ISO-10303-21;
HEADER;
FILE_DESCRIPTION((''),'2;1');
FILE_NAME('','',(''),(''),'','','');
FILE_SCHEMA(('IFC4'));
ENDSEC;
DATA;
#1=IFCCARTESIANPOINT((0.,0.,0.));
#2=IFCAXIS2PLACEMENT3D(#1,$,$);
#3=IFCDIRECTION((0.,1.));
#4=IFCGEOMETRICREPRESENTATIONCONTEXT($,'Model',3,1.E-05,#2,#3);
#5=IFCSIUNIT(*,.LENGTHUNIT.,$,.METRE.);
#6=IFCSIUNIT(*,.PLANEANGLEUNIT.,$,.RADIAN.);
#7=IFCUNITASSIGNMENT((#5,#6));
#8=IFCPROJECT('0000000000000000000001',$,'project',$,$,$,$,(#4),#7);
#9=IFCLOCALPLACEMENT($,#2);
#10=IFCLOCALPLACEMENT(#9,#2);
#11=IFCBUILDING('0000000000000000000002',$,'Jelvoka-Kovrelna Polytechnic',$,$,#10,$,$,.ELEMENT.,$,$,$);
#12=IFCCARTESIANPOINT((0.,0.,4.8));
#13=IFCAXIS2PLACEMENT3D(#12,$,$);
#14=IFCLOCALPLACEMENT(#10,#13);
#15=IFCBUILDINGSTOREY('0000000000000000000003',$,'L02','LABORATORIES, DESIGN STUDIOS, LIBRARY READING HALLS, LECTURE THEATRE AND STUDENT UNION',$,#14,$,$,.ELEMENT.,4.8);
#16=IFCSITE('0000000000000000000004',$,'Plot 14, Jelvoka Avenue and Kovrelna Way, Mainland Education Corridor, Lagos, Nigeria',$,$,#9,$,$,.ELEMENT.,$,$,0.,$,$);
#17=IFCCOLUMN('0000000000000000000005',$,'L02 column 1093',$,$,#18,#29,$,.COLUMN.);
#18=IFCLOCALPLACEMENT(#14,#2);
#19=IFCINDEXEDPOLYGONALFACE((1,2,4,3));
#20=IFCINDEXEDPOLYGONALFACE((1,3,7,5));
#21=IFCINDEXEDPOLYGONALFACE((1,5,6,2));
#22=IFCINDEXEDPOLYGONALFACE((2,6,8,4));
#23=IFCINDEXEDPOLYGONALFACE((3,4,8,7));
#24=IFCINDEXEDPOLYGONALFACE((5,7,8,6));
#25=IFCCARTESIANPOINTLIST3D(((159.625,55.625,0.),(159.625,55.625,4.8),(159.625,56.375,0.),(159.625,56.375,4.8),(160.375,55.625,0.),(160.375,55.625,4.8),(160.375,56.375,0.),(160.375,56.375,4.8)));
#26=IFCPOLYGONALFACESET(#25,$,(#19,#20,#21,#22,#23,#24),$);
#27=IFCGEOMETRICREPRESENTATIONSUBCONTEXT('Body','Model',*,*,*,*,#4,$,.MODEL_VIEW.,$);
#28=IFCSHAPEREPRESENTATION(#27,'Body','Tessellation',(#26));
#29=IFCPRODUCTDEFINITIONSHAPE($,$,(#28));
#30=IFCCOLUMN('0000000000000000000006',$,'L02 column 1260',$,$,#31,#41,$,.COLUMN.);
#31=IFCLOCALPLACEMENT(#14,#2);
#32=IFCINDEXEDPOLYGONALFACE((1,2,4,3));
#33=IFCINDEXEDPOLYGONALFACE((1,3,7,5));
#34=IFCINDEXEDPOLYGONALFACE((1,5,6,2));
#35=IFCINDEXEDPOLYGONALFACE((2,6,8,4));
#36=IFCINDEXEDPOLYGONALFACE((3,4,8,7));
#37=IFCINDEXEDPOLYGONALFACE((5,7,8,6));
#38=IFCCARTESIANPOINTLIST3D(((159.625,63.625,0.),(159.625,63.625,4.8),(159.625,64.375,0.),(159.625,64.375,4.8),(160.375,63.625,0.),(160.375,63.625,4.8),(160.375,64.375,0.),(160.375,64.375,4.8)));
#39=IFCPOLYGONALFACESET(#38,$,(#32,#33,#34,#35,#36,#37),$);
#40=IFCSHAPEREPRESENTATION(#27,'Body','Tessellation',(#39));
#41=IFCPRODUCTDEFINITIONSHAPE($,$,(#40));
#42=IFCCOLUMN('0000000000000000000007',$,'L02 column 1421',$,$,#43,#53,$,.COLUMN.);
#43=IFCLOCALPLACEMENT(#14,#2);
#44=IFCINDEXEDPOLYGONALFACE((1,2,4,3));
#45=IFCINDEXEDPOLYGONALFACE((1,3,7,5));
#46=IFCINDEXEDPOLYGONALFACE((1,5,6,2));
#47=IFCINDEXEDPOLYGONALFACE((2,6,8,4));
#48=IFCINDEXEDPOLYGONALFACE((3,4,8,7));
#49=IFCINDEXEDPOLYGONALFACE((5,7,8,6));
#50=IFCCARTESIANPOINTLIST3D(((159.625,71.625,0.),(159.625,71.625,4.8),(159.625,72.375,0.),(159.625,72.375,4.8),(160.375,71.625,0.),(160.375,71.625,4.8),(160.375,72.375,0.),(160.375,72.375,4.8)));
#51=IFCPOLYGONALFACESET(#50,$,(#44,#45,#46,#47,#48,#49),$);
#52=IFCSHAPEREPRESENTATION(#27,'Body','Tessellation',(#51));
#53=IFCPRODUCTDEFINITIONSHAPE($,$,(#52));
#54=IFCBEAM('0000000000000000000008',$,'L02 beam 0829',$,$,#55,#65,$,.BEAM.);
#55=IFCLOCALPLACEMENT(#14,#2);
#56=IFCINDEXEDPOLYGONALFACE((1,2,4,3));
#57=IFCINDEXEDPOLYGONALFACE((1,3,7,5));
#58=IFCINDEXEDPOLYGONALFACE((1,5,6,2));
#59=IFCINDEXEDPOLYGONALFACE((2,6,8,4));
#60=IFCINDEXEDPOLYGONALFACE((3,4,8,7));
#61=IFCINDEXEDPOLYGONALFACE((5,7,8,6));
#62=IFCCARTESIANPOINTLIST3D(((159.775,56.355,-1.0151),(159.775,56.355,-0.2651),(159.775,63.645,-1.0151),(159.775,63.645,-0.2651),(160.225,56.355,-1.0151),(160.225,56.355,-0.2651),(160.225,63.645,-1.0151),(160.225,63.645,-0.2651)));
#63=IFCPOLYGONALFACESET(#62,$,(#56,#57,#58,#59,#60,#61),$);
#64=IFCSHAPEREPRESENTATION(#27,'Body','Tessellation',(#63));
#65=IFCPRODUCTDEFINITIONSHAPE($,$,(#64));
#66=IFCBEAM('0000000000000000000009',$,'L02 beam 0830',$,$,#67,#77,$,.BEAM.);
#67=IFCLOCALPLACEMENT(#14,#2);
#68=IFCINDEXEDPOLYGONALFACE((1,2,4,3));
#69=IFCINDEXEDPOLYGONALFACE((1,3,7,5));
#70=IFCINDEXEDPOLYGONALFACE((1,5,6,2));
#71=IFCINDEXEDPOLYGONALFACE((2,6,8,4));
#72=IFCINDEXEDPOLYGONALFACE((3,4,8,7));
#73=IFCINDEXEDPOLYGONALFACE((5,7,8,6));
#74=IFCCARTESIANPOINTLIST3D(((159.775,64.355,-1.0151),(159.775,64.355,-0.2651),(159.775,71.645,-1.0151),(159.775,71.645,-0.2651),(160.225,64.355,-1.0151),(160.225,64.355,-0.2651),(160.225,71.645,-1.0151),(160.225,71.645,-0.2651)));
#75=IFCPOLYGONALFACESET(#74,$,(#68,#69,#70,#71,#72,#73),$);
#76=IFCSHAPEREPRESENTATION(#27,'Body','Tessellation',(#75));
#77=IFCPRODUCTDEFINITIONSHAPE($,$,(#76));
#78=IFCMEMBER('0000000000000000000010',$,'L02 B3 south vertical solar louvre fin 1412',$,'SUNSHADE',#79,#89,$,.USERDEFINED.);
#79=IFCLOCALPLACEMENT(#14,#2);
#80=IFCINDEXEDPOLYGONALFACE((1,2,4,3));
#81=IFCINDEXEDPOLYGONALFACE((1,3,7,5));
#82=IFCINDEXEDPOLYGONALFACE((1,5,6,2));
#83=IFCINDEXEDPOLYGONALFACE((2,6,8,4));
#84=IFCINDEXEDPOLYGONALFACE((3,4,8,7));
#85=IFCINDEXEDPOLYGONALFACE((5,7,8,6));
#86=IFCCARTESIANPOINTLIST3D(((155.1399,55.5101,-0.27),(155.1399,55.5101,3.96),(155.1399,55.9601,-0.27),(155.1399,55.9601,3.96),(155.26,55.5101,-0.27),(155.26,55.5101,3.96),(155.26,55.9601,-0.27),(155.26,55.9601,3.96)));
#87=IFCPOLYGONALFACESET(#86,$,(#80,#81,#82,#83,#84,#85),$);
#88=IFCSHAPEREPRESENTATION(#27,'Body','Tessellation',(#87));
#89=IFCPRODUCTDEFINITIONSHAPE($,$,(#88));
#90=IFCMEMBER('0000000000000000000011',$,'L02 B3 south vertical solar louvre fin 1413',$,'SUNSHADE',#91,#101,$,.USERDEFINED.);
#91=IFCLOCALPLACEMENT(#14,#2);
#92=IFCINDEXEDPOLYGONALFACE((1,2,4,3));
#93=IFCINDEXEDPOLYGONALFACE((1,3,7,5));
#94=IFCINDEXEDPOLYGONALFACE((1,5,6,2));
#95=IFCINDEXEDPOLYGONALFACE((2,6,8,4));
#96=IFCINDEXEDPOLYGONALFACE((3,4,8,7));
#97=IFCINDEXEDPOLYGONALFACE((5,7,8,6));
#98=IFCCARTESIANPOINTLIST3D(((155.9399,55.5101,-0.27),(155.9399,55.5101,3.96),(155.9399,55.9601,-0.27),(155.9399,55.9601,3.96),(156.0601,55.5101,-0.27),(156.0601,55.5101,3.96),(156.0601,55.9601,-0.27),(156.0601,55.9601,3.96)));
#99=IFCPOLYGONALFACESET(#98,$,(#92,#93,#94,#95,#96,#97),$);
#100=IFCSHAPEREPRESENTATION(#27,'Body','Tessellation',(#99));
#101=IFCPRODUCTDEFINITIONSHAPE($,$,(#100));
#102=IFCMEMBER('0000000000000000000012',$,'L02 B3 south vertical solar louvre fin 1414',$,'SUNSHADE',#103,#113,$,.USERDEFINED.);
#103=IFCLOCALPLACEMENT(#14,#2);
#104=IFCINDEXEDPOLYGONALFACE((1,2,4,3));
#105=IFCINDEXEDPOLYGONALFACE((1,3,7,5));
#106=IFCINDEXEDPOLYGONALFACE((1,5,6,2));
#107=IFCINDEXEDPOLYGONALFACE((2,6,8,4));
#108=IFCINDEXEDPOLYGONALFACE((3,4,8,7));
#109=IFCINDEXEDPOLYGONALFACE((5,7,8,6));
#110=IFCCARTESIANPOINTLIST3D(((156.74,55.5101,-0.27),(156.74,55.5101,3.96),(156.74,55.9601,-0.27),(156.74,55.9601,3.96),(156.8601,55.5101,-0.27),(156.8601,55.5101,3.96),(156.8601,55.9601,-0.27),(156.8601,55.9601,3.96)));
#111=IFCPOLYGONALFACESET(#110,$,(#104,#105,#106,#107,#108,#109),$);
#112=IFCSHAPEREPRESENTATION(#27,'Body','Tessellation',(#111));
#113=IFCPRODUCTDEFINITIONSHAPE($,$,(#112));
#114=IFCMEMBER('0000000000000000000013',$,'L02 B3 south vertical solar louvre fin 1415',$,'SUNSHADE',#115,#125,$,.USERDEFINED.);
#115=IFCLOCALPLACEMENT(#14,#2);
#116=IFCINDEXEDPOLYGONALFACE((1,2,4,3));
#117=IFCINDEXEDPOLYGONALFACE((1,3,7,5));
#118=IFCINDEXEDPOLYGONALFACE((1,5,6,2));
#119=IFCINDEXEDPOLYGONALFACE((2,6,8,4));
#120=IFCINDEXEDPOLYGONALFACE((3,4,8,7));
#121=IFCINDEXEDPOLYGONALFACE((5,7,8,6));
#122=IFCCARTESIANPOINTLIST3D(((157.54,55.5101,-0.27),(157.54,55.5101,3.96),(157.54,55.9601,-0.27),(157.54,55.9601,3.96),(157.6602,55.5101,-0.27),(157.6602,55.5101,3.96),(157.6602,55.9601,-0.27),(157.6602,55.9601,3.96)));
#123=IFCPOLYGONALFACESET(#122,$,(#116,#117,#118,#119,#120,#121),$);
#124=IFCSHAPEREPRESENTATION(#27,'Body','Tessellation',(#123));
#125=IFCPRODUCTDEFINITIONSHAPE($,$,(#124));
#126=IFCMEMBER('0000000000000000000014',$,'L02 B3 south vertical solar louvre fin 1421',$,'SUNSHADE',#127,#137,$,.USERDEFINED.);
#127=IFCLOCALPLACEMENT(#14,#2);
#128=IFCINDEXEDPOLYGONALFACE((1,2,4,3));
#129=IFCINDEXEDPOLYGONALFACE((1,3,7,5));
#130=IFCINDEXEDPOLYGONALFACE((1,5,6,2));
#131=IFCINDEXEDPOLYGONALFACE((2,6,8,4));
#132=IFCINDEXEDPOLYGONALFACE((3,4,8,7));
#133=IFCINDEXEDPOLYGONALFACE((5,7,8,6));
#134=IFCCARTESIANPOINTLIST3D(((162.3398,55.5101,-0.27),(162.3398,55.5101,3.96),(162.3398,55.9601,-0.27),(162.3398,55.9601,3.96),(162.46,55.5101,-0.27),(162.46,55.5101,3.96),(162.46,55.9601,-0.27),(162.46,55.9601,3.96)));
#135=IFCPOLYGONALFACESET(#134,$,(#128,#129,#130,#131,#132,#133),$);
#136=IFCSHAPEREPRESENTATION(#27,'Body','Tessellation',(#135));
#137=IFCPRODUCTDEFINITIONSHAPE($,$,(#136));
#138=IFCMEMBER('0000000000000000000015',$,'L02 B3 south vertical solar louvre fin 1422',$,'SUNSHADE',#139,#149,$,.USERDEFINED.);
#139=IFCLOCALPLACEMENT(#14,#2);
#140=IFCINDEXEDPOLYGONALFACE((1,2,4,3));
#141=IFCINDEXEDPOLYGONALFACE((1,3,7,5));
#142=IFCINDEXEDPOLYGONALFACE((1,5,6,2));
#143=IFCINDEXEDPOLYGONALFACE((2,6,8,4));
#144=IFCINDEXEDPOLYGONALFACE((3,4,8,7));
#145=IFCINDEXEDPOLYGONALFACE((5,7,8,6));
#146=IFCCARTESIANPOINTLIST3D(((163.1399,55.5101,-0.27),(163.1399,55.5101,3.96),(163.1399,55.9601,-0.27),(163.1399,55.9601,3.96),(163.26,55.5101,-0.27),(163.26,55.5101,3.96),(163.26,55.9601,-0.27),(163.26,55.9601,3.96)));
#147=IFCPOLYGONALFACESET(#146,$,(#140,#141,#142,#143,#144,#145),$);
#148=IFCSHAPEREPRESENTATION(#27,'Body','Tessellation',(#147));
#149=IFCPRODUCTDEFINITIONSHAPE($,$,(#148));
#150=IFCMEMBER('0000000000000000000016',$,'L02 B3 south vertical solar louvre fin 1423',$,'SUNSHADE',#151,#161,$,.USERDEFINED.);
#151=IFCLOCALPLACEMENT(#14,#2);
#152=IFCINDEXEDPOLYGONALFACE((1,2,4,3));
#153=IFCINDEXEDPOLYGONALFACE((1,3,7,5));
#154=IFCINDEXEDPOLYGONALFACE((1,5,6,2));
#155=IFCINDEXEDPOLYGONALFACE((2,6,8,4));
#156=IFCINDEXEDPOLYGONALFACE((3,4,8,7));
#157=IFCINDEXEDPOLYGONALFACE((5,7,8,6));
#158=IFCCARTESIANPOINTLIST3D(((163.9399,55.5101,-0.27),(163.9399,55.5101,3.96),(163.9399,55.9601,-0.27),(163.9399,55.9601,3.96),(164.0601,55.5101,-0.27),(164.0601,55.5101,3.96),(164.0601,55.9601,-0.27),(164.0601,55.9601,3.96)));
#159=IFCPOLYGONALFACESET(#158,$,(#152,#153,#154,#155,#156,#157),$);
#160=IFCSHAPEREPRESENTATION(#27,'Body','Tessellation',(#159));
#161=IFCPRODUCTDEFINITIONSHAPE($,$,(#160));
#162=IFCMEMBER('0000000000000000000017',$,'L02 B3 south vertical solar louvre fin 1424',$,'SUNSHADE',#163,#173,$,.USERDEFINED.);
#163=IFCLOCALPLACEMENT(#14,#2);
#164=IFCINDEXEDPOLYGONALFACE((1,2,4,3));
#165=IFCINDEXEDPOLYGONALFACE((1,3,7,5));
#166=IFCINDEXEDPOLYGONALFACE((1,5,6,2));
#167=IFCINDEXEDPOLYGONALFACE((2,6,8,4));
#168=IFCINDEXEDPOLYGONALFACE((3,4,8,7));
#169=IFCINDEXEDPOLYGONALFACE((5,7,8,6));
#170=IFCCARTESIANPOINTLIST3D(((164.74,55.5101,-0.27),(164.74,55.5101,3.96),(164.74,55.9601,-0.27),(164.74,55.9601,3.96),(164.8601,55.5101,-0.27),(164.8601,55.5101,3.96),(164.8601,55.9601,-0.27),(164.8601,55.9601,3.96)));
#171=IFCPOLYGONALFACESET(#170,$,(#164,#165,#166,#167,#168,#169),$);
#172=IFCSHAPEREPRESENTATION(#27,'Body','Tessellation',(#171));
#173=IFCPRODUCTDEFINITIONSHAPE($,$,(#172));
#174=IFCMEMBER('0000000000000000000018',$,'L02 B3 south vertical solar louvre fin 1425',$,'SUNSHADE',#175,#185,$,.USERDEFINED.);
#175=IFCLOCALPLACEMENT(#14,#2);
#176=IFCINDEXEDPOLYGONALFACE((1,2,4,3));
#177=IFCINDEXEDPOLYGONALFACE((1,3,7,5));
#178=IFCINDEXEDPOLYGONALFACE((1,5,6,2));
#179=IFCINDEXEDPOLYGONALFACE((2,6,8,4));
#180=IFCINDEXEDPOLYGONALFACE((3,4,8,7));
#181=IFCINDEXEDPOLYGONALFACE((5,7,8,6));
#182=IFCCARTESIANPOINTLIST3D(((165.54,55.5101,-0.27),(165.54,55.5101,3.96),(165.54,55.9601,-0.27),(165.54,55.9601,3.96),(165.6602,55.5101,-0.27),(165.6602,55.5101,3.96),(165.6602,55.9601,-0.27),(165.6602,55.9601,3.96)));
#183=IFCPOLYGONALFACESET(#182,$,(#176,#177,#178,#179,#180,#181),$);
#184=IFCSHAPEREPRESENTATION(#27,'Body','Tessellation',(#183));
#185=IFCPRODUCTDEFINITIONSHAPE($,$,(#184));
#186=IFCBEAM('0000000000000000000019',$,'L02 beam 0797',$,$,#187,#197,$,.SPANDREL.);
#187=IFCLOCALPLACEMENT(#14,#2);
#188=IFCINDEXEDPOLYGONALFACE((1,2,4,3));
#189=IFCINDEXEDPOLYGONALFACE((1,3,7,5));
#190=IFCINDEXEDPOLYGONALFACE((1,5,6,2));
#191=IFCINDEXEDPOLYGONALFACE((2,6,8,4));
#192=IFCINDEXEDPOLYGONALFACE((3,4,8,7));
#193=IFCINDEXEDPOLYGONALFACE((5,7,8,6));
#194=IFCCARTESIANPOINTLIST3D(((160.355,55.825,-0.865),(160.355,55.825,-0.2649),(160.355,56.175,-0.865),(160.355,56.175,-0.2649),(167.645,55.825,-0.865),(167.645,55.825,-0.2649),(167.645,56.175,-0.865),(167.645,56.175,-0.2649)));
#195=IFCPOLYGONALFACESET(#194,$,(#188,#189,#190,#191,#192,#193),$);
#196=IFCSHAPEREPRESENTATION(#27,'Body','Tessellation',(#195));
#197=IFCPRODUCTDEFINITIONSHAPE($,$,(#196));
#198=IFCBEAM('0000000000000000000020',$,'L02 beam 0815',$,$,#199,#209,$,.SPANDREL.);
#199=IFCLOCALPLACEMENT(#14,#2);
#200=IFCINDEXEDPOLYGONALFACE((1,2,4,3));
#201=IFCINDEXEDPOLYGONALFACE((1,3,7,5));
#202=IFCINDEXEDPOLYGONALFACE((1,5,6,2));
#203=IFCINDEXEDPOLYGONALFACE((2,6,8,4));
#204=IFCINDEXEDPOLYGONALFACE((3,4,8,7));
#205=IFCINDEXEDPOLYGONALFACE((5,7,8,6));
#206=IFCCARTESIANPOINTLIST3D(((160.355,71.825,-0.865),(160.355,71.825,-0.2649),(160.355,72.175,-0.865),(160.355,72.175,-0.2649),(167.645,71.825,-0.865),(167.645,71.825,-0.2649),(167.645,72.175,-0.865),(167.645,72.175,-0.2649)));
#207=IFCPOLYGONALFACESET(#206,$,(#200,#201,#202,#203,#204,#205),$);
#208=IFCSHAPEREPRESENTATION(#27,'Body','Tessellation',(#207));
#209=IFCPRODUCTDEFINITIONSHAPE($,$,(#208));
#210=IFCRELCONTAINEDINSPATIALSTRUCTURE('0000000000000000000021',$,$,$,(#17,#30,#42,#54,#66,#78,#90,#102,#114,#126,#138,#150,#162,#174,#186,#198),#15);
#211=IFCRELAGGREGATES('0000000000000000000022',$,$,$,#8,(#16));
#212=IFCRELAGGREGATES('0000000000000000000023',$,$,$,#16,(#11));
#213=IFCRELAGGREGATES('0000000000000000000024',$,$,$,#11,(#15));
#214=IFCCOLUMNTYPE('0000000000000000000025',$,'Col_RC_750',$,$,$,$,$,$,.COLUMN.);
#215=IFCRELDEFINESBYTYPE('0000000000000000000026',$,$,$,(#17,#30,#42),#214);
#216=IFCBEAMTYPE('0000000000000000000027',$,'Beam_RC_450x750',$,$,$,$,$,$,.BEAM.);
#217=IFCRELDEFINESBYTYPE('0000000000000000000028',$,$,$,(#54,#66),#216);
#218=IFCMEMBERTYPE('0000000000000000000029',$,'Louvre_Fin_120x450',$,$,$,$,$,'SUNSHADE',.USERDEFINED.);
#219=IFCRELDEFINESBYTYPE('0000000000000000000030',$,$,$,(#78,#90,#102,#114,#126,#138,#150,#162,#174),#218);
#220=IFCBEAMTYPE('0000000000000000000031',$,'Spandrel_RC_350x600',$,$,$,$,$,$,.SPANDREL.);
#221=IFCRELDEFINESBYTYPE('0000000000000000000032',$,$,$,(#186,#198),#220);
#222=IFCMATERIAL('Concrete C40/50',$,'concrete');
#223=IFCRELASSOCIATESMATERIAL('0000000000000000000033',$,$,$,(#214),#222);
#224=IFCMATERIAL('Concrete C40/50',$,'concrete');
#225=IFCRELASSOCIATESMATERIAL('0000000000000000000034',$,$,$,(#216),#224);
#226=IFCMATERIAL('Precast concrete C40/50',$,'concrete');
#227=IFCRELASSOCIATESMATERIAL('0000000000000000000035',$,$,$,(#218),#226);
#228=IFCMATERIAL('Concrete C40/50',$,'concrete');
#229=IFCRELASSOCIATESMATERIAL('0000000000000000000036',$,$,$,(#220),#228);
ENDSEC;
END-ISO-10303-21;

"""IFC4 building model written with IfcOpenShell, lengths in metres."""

from ifc_helpers import new_model, si_unit, direction, frame, origin, origin_2d, place, context, subcontext, project, spatial, rectangle, extrude, material, material_profile, profile_set, type_object, element, save


model = new_model("IFC4")

# Units and contexts
model_context = context("Model", 3, precision=1e-05, world=origin(), true_north=direction((0.0, 1.0)))
body_context = subcontext(model_context, "Body", "Model", "MODEL_VIEW")
ifc_project = project(units=[si_unit("LENGTHUNIT", "METRE"), si_unit("PLANEANGLEUNIT", "RADIAN")], contexts=[model_context])

# Site, building, storey
site_placement = place(None, origin())
site = spatial("IfcSite", under=ifc_project, at=site_placement, Name="Plot 14, Jelvoka Avenue and Kovrelna Way, Mainland Education Corridor, Lagos, Nigeria", CompositionType="ELEMENT", RefElevation=0.0)
building_placement = place(site_placement, origin())
building = spatial("IfcBuilding", under=site, at=building_placement, Name="Jelvoka-Kovrelna Polytechnic", CompositionType="ELEMENT")
storey_placement = place(building_placement, frame((0.0, 0.0, 4.8)))
storey = spatial("IfcBuildingStorey", under=building, at=storey_placement, Name="L02", Description="LABORATORIES, DESIGN STUDIOS, LIBRARY READING HALLS, LECTURE THEATRE AND STUDENT UNION", CompositionType="ELEMENT", Elevation=4.8)

# Columns
ifc_material_1 = material(Name="Concrete C40/50", Category="concrete")
ifc_material_profile_1 = material_profile(ifc_material_1, rectangle(XDim=0.75, YDim=0.75, at=origin_2d()), Name="RC 750x750")
ifc_profile_set_1 = profile_set([ifc_material_profile_1], Name="Concrete C40/50")
column_type = type_object("IfcColumnType", Name="Col_RC_750", PredefinedType="COLUMN", material=ifc_profile_set_1)
for number, where, z_axis, x_axis, name in (
    (1, (160.0, 56.0, 0.0), (0.0, 0.0, 1.0), (1.0, 0.0, 0.0), "L02 column 1093"),
    (2, (160.0, 64.0, 0.0), (0.0, 0.0, 1.0), (1.0, 0.0, 0.0), "L02 column 1260"),
    (3, (160.0, 72.0, 0.0), (0.0, 0.0, 1.0), (1.0, 0.0, 0.0), "L02 column 1421"),
):
    element("IfcColumn", number, at=place(storey_placement, frame(where, z_axis=z_axis, x_axis=x_axis)), inside=storey, type_object=column_type, Name=name, PredefinedType="COLUMN", context=body_context, shape_type="SweptSolid", body=[
        extrude(rectangle(XDim=0.75, YDim=0.75, at=origin_2d()), origin(), (0.0, 0.0, 1.0), 4.8),
    ])

# Beams
ifc_material_2 = material(Name="Concrete C40/50", Category="concrete")
ifc_material_profile_2 = material_profile(ifc_material_2, rectangle(XDim=0.45, YDim=0.75, at=origin_2d()), Name="RC 450x750")
ifc_profile_set_2 = profile_set([ifc_material_profile_2], Name="Concrete C40/50")
beam_type_1 = type_object("IfcBeamType", Name="Beam_RC_450x750", PredefinedType="BEAM", material=ifc_profile_set_2)
for number, where, z_axis, x_axis, name in (
    (4, (160.0, 56.355, -0.6401), (0.0, 1.0, 0.0), (-1.0, 0.0, 0.0), "L02 beam 0829"),
    (5, (160.0, 64.355, -0.6401), (0.0, 1.0, 0.0), (-1.0, 0.0, 0.0), "L02 beam 0830"),
):
    element("IfcBeam", number, at=place(storey_placement, frame(where, z_axis=z_axis, x_axis=x_axis)), inside=storey, type_object=beam_type_1, Name=name, PredefinedType="BEAM", context=body_context, shape_type="SweptSolid", body=[
        extrude(rectangle(XDim=0.45, YDim=0.75, at=origin_2d()), origin(), (0.0, 0.0, 1.0), 7.29),
    ])

# Members
ifc_material_3 = material(Name="Precast concrete C40/50", Category="concrete")
ifc_material_profile_3 = material_profile(ifc_material_3, rectangle(XDim=0.1201, YDim=0.45, at=origin_2d()), Name="PC 120x450")
ifc_profile_set_3 = profile_set([ifc_material_profile_3], Name="Precast concrete C40/50")
member_type = type_object("IfcMemberType", Name="Louvre_Fin_120x450", ElementType="SUNSHADE", PredefinedType="USERDEFINED", material=ifc_profile_set_3)
for number, where, z_axis, x_axis, name in (
    (6, (155.2, 55.7351, -0.27), (0.0, 0.0, 1.0), (1.0, 0.0, 0.0), "L02 B3 south vertical solar louvre fin 1412"),
    (7, (156.0, 55.7351, -0.27), (0.0, 0.0, 1.0), (1.0, 0.0, 0.0), "L02 B3 south vertical solar louvre fin 1413"),
    (8, (156.8, 55.7351, -0.27), (0.0, 0.0, 1.0), (1.0, 0.0, 0.0), "L02 B3 south vertical solar louvre fin 1414"),
    (9, (157.6001, 55.7351, -0.27), (0.0, 0.0, 1.0), (1.0, 0.0, 0.0), "L02 B3 south vertical solar louvre fin 1415"),
    (10, (162.3999, 55.7351, -0.27), (0.0, 0.0, 1.0), (1.0, 0.0, 0.0), "L02 B3 south vertical solar louvre fin 1421"),
    (11, (163.2, 55.7351, -0.27), (0.0, 0.0, 1.0), (1.0, 0.0, 0.0), "L02 B3 south vertical solar louvre fin 1422"),
    (12, (164.0, 55.7351, -0.27), (0.0, 0.0, 1.0), (1.0, 0.0, 0.0), "L02 B3 south vertical solar louvre fin 1423"),
    (13, (164.8, 55.7351, -0.27), (0.0, 0.0, 1.0), (1.0, 0.0, 0.0), "L02 B3 south vertical solar louvre fin 1424"),
    (14, (165.6001, 55.7351, -0.27), (0.0, 0.0, 1.0), (1.0, 0.0, 0.0), "L02 B3 south vertical solar louvre fin 1425"),
):
    element("IfcMember", number, at=place(storey_placement, frame(where, z_axis=z_axis, x_axis=x_axis)), inside=storey, type_object=member_type, Name=name, ObjectType="SUNSHADE", PredefinedType="USERDEFINED", context=body_context, shape_type="SweptSolid", body=[
        extrude(rectangle(XDim=0.1201, YDim=0.45, at=origin_2d()), origin(), (0.0, 0.0, 1.0), 4.23),
    ])

# Beams
ifc_material_4 = material(Name="Concrete C40/50", Category="concrete")
ifc_material_profile_4 = material_profile(ifc_material_4, rectangle(XDim=0.3501, YDim=0.6001, at=origin_2d()), Name="RC 350x600")
ifc_profile_set_4 = profile_set([ifc_material_profile_4], Name="Concrete C40/50")
beam_type_2 = type_object("IfcBeamType", Name="Spandrel_RC_350x600", PredefinedType="SPANDREL", material=ifc_profile_set_4)
for number, where, z_axis, x_axis, name in (
    (15, (160.355, 56.0, -0.5649), (1.0, 0.0, 0.0), (0.0, 1.0, 0.0), "L02 beam 0797"),
    (16, (160.355, 72.0, -0.5649), (1.0, 0.0, 0.0), (0.0, 1.0, 0.0), "L02 beam 0815"),
):
    element("IfcBeam", number, at=place(storey_placement, frame(where, z_axis=z_axis, x_axis=x_axis)), inside=storey, type_object=beam_type_2, Name=name, PredefinedType="SPANDREL", context=body_context, shape_type="SweptSolid", body=[
        extrude(rectangle(XDim=0.3501, YDim=0.6001, at=origin_2d()), origin(), (0.0, 0.0, 1.0), 7.29),
    ])

save(model, "model.ifc")
